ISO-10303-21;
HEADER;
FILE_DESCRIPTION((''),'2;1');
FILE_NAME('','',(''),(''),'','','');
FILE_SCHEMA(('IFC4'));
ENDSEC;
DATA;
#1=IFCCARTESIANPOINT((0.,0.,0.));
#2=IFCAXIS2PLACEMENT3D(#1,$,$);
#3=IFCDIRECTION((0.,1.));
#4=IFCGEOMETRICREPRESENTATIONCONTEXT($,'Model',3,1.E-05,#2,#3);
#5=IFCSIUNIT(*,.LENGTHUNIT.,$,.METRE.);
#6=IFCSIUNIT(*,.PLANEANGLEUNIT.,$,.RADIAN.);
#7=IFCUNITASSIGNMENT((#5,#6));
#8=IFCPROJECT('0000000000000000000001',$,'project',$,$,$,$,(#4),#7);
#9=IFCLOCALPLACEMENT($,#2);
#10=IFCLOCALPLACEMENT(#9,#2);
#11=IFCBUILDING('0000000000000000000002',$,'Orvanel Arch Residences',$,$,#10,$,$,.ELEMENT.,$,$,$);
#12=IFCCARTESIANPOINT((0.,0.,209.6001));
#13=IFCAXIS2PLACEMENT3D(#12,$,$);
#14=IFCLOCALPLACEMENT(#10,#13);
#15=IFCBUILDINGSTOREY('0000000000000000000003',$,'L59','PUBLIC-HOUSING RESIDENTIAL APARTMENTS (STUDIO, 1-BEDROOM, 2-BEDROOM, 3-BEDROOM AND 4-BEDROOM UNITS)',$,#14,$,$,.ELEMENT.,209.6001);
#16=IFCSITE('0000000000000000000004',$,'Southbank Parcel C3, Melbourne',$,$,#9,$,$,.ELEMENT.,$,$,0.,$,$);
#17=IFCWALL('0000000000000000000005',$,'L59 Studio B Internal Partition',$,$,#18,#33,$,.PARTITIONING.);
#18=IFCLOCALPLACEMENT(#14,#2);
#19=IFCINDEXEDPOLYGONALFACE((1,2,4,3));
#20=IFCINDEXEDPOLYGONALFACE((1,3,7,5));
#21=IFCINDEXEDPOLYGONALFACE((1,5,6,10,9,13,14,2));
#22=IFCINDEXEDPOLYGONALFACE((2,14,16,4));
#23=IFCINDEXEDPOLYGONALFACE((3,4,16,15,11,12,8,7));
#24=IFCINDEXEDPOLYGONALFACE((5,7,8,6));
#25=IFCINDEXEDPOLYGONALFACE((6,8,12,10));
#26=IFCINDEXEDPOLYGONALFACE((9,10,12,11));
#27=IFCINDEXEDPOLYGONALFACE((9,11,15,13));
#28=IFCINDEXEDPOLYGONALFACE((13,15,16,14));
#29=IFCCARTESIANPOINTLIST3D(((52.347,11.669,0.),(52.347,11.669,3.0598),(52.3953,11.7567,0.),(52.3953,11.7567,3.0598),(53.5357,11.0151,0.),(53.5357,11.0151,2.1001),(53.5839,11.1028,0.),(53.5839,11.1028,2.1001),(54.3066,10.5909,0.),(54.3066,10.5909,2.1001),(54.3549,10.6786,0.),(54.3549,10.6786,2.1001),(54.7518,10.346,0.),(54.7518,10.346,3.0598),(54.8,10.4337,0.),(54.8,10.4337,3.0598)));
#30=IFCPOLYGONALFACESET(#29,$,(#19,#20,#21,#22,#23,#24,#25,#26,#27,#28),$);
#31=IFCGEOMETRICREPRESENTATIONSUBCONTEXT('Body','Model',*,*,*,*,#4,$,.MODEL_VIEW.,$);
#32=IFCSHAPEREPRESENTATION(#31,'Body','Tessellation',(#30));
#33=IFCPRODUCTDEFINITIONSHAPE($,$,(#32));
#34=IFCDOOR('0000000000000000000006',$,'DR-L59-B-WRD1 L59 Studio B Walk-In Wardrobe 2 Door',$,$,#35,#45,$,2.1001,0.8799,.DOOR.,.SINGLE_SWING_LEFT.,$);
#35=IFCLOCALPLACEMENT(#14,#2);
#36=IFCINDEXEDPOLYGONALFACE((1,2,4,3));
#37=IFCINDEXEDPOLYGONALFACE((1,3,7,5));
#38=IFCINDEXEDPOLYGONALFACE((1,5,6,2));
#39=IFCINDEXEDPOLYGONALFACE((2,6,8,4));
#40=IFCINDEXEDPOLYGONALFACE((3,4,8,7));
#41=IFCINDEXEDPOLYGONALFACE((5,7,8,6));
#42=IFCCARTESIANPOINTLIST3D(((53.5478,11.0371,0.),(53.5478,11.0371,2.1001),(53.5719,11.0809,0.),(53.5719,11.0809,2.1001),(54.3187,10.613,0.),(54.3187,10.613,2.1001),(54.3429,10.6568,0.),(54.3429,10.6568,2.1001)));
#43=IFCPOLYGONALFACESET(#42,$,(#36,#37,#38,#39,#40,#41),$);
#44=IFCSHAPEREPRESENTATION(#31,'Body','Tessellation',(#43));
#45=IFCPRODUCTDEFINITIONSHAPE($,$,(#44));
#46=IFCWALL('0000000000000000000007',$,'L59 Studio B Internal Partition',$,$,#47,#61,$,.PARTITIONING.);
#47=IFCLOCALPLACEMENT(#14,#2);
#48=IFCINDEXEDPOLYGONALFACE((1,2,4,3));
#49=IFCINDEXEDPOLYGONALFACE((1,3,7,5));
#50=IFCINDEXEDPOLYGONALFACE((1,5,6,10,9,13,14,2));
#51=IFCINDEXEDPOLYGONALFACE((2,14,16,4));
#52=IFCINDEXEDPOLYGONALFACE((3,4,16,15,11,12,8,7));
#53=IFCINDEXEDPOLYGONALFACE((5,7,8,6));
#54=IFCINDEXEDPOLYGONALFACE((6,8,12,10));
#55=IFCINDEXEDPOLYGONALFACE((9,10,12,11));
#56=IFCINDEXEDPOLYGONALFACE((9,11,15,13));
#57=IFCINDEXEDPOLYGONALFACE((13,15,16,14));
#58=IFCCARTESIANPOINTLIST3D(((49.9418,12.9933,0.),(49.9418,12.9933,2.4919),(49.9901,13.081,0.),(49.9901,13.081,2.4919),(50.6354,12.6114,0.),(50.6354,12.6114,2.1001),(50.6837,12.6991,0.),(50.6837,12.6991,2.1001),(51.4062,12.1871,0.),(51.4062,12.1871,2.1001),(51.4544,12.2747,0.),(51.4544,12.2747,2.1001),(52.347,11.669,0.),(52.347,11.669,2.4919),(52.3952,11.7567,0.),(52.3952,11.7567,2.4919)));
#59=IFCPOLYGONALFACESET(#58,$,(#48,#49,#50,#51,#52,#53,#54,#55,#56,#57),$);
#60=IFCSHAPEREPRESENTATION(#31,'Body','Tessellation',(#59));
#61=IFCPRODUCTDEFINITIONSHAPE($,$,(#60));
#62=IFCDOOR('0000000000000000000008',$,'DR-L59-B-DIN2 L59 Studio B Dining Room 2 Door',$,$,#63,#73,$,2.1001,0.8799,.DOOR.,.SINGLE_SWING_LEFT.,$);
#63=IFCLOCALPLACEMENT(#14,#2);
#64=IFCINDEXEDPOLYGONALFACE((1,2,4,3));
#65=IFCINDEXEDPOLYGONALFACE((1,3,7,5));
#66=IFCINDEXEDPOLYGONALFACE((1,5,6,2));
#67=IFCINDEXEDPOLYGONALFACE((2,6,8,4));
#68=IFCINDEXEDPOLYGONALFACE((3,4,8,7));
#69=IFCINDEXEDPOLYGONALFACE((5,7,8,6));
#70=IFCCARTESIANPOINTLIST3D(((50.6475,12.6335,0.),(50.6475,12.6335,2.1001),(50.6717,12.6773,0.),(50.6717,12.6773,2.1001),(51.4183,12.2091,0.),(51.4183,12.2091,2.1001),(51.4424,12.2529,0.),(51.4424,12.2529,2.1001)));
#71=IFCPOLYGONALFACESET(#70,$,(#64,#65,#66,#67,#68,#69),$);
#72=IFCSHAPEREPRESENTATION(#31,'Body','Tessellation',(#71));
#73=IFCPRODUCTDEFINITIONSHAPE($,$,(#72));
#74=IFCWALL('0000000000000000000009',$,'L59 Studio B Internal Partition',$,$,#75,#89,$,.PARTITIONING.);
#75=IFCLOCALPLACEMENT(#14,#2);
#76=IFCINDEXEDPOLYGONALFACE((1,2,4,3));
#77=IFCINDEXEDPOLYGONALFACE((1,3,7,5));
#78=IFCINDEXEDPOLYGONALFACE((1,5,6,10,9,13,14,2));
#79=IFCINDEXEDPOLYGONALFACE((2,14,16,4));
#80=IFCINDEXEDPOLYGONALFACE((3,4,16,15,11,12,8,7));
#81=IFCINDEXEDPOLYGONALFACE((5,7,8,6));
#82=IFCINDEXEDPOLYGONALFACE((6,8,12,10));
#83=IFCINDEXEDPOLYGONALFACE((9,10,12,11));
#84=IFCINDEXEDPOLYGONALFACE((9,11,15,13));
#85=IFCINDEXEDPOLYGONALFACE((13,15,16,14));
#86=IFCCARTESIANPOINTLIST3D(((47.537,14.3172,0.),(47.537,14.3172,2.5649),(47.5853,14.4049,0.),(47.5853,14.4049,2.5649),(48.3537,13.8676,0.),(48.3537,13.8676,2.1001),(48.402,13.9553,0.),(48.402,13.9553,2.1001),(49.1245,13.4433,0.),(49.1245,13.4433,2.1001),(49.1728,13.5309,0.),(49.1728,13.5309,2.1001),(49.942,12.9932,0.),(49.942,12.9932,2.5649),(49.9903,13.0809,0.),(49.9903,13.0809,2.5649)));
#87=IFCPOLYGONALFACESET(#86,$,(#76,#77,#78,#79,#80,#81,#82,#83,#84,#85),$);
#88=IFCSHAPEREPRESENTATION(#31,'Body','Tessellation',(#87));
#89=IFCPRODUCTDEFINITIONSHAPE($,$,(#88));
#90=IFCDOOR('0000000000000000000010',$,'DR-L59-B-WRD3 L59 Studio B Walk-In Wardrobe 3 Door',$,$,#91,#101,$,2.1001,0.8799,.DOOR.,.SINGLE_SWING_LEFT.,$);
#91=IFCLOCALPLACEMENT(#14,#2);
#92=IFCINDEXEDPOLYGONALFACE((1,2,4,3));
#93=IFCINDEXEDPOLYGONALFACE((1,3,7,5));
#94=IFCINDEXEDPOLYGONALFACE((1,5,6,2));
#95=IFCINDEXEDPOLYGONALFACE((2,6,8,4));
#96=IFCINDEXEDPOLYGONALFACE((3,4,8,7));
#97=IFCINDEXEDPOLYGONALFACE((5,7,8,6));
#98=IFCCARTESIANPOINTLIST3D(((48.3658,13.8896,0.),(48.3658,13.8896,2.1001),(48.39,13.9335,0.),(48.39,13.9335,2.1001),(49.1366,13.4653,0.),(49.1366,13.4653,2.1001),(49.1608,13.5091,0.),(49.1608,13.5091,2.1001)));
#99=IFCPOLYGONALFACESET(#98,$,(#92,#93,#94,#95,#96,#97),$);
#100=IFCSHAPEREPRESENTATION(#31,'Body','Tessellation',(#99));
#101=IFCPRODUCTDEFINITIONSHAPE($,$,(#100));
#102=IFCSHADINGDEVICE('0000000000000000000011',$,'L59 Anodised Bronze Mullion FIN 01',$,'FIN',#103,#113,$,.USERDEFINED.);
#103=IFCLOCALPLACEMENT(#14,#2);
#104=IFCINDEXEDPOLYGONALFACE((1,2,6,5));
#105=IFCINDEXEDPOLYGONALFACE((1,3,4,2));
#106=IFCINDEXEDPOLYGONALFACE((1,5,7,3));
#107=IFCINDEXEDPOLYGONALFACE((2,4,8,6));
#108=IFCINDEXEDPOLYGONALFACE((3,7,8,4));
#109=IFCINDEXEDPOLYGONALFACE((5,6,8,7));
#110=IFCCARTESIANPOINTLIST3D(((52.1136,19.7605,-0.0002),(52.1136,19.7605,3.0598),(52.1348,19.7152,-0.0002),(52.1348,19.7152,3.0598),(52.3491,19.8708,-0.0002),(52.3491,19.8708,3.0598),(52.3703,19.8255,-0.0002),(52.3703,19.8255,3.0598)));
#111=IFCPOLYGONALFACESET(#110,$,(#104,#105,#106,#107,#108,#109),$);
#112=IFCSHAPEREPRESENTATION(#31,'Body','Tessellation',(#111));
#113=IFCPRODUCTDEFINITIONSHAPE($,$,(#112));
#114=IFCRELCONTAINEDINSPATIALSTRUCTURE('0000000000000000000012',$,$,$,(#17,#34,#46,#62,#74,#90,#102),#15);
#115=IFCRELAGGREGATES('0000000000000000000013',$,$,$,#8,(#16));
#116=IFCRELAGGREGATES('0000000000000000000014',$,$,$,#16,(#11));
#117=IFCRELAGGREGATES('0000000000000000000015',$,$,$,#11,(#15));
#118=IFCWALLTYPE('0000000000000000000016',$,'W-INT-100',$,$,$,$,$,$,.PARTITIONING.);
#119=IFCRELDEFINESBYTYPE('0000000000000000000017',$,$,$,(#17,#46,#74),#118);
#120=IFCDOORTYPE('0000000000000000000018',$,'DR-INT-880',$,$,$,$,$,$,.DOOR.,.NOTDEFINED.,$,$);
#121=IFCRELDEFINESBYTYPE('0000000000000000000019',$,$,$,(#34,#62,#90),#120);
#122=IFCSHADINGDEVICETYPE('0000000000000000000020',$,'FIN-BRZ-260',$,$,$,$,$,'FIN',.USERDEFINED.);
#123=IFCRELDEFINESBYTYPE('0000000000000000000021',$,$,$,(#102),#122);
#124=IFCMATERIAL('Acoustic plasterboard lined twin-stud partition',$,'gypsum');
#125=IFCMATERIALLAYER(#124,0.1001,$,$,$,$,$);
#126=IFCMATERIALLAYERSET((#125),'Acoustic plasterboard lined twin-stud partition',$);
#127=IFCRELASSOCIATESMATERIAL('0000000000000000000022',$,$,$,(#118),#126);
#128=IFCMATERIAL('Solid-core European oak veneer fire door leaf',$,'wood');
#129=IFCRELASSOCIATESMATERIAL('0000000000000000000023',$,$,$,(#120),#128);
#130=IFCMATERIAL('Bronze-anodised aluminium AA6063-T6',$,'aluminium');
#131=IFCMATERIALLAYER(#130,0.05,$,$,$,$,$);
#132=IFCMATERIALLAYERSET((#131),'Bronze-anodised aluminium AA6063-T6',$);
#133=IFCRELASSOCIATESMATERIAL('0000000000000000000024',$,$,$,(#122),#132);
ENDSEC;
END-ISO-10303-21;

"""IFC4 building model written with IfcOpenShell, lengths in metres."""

from ifc_helpers import new_model, si_unit, direction, frame, frame_2d, origin, origin_2d, place, context, subcontext, project, spatial, rectangle, extrude, material, layer, layer_set, type_object, element, fill, save


model = new_model("IFC4")

# Units and contexts
model_context = context("Model", 3, precision=1e-05, world=origin(), true_north=direction((0.0, 1.0)))
body_context = subcontext(model_context, "Body", "Model", "MODEL_VIEW")
ifc_project = project(units=[si_unit("LENGTHUNIT", "METRE"), si_unit("PLANEANGLEUNIT", "RADIAN")], contexts=[model_context])

# Site, building, storey
site_placement = place(None, origin())
site = spatial("IfcSite", under=ifc_project, at=site_placement, Name="Southbank Parcel C3, Melbourne", CompositionType="ELEMENT", RefElevation=0.0)
building_placement = place(site_placement, origin())
building = spatial("IfcBuilding", under=site, at=building_placement, Name="Orvanel Arch Residences", CompositionType="ELEMENT")
storey_placement = place(building_placement, frame((0.0, 0.0, 209.6001)))
storey = spatial("IfcBuildingStorey", under=building, at=storey_placement, Name="L59", Description="PUBLIC-HOUSING RESIDENTIAL APARTMENTS (STUDIO, 1-BEDROOM, 2-BEDROOM, 3-BEDROOM AND 4-BEDROOM UNITS)", CompositionType="ELEMENT", Elevation=209.6001)

# Shared definitions
ifc_material_1 = material(Name="Bronze-anodised aluminium AA6063-T6", Category="aluminium")

# Walls, openings, doors
ifc_material_2 = material(Name="Acoustic plasterboard lined twin-stud partition", Category="gypsum")
ifc_layer_1 = layer(ifc_material_2, 0.1001)
ifc_layer_set_1 = layer_set([ifc_layer_1], Name="Acoustic plasterboard lined twin-stud partition")
wall_type = type_object("IfcWallType", Name="W-INT-100", PredefinedType="PARTITIONING", material=ifc_layer_set_1)
wall_1_placement = place(storey_placement, frame((54.7759, 10.3899, 0.0), z_axis=(0.0, 0.0, 1.0), x_axis=(-0.87616, 0.482021, 0.0)))
wall_1 = element("IfcWall", 1, at=wall_1_placement, inside=storey, type_object=wall_type, Name="L59 Studio B Internal Partition", PredefinedType="PARTITIONING", context=body_context, shape_type="SweptSolid", body=[
    extrude(rectangle(XDim=2.7446, YDim=0.1001, at=frame_2d((1.3723, 0.0))), origin(), (0.0, 0.0, 1.0), 3.0598),
])
opening_1_placement = place(wall_1_placement, frame((0.5081, 0.0, 0.0)))
opening_1 = element("IfcOpeningElement", 2, at=opening_1_placement, cuts=wall_1, PredefinedType="OPENING", context=body_context, shape_type="SweptSolid", body=[
    extrude(rectangle(XDim=0.8799, YDim=2.1001, at=frame_2d((0.4399, 1.05))), frame((0.0, 0.0601, 0.0), z_axis=(0.0, -1.0, 0.0), x_axis=(1.0, 0.0, 0.0)), (0.0, 0.0, 1.0), 0.1201),
])
ifc_material_3 = material(Name="Solid-core European oak veneer fire door leaf", Category="wood")
door_type = type_object("IfcDoorType", Name="DR-INT-880", OperationType="NOTDEFINED", PredefinedType="DOOR", material=ifc_material_3)
door_1_placement = place(opening_1_placement, origin())
door_1 = element("IfcDoor", 3, at=door_1_placement, inside=storey, type_object=door_type, Name="DR-L59-B-WRD1 L59 Studio B Walk-In Wardrobe 2 Door", OperationType="SINGLE_SWING_LEFT", OverallHeight=2.1001, OverallWidth=0.8799, PredefinedType="DOOR", context=body_context, shape_type="SweptSolid", body=[
    extrude(rectangle(XDim=0.8799, YDim=2.1001, at=frame_2d((0.4399, 1.05))), frame((0.0, 0.0249, 0.0), z_axis=(0.0, -1.0, 0.0), x_axis=(1.0, 0.0, 0.0)), (0.0, 0.0, 1.0), 0.05),
])
fill(opening_1, door_1)
wall_2_placement = place(storey_placement, frame((52.3711, 11.7129, 0.0), z_axis=(0.0, 0.0, 1.0), x_axis=(-0.875992, 0.482325, 0.0)))
wall_2 = element("IfcWall", 4, at=wall_2_placement, inside=storey, type_object=wall_type, Name="L59 Studio B Internal Partition", PredefinedType="PARTITIONING", context=body_context, shape_type="SweptSolid", body=[
    extrude(rectangle(XDim=2.7456, YDim=0.1001, at=frame_2d((1.3728, 0.0))), origin(), (0.0, 0.0, 1.0), 2.4919),
])
opening_2_placement = place(wall_2_placement, frame((1.074, 0.0, 0.0)))
opening_2 = element("IfcOpeningElement", 5, at=opening_2_placement, cuts=wall_2, PredefinedType="OPENING", context=body_context, shape_type="SweptSolid", body=[
    extrude(rectangle(XDim=0.8799, YDim=2.1001, at=frame_2d((0.4399, 1.05))), frame((0.0, 0.0601, 0.0), z_axis=(0.0, -1.0, 0.0), x_axis=(1.0, 0.0, 0.0)), (0.0, 0.0, 1.0), 0.1201),
])
door_2_placement = place(opening_2_placement, origin())
door_2 = element("IfcDoor", 6, at=door_2_placement, inside=storey, type_object=door_type, Name="DR-L59-B-DIN2 L59 Studio B Dining Room 2 Door", OperationType="SINGLE_SWING_LEFT", OverallHeight=2.1001, OverallWidth=0.8799, PredefinedType="DOOR", context=body_context, shape_type="SweptSolid", body=[
    extrude(rectangle(XDim=0.8799, YDim=2.1001, at=frame_2d((0.4399, 1.05))), frame((0.0, 0.0249, 0.0), z_axis=(0.0, -1.0, 0.0), x_axis=(1.0, 0.0, 0.0)), (0.0, 0.0, 1.0), 0.05),
])
fill(opening_2, door_2)
wall_3_placement = place(storey_placement, frame((49.9661, 13.0371, 0.0), z_axis=(0.0, 0.0, 1.0), x_axis=(-0.87603, 0.482257, 0.0)))
wall_3 = element("IfcWall", 7, at=wall_3_placement, inside=storey, type_object=wall_type, Name="L59 Studio B Internal Partition", PredefinedType="PARTITIONING", context=body_context, shape_type="SweptSolid", body=[
    extrude(rectangle(XDim=2.7454, YDim=0.1001, at=frame_2d((1.3726, 0.0))), origin(), (0.0, 0.0, 1.0), 2.5649),
])
opening_3_placement = place(wall_3_placement, frame((0.9331, 0.0, 0.0)))
opening_3 = element("IfcOpeningElement", 8, at=opening_3_placement, cuts=wall_3, PredefinedType="OPENING", context=body_context, shape_type="SweptSolid", body=[
    extrude(rectangle(XDim=0.8799, YDim=2.1001, at=frame_2d((0.4399, 1.05))), frame((0.0, 0.0601, 0.0), z_axis=(0.0, -1.0, 0.0), x_axis=(1.0, 0.0, 0.0)), (0.0, 0.0, 1.0), 0.1201),
])
door_3_placement = place(opening_3_placement, origin())
door_3 = element("IfcDoor", 9, at=door_3_placement, inside=storey, type_object=door_type, Name="DR-L59-B-WRD3 L59 Studio B Walk-In Wardrobe 3 Door", OperationType="SINGLE_SWING_LEFT", OverallHeight=2.1001, OverallWidth=0.8799, PredefinedType="DOOR", context=body_context, shape_type="SweptSolid", body=[
    extrude(rectangle(XDim=0.8799, YDim=2.1001, at=frame_2d((0.4399, 1.05))), frame((0.0, 0.0249, 0.0), z_axis=(0.0, -1.0, 0.0), x_axis=(1.0, 0.0, 0.0)), (0.0, 0.0, 1.0), 0.05),
])
fill(opening_3, door_3)

# Shading device
ifc_layer_2 = layer(ifc_material_1, 0.05)
ifc_layer_set_2 = layer_set([ifc_layer_2], Name="Bronze-anodised aluminium AA6063-T6")
shading_device_type = type_object("IfcShadingDeviceType", Name="FIN-BRZ-260", ElementType="FIN", PredefinedType="USERDEFINED", material=ifc_layer_set_2)
shading_device_placement = place(storey_placement, frame((52.2419, 19.793, -0.0002), z_axis=(0.0, 0.0, 1.0), x_axis=(0.905569, 0.424199, 0.0)))
element("IfcShadingDevice", 10, at=shading_device_placement, inside=storey, type_object=shading_device_type, Name="L59 Anodised Bronze Mullion FIN 01", ObjectType="FIN", PredefinedType="USERDEFINED", context=body_context, shape_type="SweptSolid", body=[
    extrude(rectangle(XDim=0.26, YDim=0.05, at=origin_2d()), origin(), (0.0, 0.0, 1.0), 3.0601),
])

save(model, "model.ifc")
